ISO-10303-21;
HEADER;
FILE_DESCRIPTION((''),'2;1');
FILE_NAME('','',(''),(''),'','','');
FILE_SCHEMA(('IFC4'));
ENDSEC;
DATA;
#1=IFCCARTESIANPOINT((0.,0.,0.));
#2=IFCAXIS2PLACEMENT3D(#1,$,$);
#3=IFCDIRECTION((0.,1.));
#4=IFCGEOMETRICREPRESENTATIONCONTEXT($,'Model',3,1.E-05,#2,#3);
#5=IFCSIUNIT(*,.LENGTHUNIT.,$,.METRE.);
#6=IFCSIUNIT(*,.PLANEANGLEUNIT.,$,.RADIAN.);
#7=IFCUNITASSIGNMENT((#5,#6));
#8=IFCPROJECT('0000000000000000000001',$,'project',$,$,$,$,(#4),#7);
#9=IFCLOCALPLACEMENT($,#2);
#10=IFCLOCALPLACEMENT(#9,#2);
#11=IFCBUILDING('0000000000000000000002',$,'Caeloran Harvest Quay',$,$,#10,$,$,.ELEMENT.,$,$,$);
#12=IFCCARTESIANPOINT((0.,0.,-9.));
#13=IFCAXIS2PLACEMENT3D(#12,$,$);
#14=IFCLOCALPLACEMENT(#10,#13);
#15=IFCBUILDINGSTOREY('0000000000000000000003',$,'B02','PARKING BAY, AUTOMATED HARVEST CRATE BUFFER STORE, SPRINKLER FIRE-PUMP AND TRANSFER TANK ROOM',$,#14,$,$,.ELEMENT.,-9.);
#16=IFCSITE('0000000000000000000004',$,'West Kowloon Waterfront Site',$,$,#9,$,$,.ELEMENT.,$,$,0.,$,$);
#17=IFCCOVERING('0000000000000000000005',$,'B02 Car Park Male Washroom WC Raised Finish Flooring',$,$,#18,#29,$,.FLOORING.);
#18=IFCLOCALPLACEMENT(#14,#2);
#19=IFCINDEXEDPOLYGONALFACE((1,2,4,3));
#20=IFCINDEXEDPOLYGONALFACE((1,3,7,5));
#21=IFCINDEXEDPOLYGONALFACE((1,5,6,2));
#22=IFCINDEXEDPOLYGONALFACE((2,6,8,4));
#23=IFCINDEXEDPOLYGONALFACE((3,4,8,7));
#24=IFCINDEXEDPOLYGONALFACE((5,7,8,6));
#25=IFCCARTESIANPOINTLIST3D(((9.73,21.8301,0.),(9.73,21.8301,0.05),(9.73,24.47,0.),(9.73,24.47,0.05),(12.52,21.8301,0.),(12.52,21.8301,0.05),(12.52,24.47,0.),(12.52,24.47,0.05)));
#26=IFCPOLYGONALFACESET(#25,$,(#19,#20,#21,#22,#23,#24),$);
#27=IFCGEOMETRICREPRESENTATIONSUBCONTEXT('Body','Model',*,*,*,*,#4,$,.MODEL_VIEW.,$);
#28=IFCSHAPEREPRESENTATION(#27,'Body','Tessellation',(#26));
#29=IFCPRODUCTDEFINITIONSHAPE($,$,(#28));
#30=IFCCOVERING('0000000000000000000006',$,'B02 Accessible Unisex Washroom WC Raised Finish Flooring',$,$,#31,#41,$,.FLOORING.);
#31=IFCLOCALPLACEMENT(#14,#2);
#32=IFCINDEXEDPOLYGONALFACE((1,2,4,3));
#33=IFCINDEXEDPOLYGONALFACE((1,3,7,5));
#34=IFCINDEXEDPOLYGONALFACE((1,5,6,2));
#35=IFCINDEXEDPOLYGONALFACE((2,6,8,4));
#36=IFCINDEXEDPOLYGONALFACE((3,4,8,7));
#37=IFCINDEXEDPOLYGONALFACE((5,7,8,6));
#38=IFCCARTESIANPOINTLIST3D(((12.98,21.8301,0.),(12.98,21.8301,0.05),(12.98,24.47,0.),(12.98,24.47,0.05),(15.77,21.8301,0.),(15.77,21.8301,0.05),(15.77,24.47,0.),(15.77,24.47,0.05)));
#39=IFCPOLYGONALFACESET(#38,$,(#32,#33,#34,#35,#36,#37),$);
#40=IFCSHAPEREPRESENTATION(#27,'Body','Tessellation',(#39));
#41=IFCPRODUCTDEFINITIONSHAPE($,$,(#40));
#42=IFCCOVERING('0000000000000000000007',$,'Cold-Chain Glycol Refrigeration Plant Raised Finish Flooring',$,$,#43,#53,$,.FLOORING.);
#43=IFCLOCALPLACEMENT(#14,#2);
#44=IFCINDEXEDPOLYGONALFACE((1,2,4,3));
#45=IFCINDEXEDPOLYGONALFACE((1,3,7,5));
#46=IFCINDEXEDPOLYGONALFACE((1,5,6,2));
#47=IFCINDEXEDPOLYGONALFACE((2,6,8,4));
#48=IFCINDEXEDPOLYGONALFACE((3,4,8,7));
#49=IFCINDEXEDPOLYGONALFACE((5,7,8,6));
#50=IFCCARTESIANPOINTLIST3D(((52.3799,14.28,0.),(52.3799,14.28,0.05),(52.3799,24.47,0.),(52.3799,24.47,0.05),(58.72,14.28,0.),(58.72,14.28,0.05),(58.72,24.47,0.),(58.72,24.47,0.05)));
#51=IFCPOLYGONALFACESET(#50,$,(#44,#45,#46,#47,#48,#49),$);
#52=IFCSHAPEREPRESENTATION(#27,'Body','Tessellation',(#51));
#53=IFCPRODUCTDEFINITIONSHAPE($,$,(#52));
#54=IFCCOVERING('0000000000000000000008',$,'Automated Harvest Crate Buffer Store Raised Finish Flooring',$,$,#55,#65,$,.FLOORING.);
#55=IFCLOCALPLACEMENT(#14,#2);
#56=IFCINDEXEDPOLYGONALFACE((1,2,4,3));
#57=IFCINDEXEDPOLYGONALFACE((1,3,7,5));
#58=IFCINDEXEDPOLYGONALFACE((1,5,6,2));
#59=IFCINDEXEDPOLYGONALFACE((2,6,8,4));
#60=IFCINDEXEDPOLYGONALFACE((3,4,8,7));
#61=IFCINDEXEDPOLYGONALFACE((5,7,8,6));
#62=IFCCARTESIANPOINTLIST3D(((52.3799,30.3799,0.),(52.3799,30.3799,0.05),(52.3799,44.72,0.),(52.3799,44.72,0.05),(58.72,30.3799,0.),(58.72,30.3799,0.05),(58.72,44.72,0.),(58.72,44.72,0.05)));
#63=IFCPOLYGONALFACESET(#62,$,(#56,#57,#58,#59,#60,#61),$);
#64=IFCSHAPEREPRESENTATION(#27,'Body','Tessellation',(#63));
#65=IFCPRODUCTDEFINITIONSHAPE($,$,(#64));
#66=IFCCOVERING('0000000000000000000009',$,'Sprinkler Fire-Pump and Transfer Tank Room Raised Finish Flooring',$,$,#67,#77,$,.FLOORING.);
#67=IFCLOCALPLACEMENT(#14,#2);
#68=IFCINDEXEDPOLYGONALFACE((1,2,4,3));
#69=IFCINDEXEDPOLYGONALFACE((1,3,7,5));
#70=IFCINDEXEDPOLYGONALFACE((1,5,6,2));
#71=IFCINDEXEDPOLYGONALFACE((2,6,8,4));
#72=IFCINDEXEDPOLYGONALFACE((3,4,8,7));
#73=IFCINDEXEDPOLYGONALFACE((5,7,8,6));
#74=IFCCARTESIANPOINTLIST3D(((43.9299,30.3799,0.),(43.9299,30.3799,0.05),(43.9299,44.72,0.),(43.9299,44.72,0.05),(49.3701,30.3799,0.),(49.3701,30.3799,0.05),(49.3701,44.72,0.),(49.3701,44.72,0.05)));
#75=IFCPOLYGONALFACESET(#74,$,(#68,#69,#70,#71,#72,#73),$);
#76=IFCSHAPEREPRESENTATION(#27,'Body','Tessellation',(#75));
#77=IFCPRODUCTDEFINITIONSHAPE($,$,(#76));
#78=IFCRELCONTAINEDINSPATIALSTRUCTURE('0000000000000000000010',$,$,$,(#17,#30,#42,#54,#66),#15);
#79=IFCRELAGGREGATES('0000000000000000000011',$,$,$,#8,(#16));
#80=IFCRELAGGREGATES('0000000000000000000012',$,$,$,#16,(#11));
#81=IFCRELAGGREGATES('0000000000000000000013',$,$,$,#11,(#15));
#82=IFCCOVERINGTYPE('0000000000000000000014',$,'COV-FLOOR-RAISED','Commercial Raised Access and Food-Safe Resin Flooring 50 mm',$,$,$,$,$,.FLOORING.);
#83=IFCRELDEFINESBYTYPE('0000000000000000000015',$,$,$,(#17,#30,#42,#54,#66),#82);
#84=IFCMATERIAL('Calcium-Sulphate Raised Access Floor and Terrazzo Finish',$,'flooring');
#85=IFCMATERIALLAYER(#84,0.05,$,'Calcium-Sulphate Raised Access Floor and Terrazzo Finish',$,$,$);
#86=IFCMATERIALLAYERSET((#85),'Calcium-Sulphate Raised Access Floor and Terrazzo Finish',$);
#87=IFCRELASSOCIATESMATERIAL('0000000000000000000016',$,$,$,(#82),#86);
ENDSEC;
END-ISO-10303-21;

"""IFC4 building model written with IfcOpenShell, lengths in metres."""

from ifc_helpers import new_model, si_unit, direction, frame, origin, place, context, subcontext, project, spatial, polyline, outline, extrude, material, layer, layer_set, type_object, element, save


model = new_model("IFC4")

# Units and contexts
model_context = context("Model", 3, precision=1e-05, world=origin(), true_north=direction((0.0, 1.0)))
body_context = subcontext(model_context, "Body", "Model", "MODEL_VIEW")
ifc_project = project(units=[si_unit("LENGTHUNIT", "METRE"), si_unit("PLANEANGLEUNIT", "RADIAN")], contexts=[model_context])

# Site, building, storey
site_placement = place(None, origin())
site = spatial("IfcSite", under=ifc_project, at=site_placement, Name="West Kowloon Waterfront Site", CompositionType="ELEMENT", RefElevation=0.0)
building_placement = place(site_placement, origin())
building = spatial("IfcBuilding", under=site, at=building_placement, Name="Caeloran Harvest Quay", CompositionType="ELEMENT")
storey_placement = place(building_placement, frame((0.0, 0.0, -9.0)))
storey = spatial("IfcBuildingStorey", under=building, at=storey_placement, Name="B02", Description="PARKING BAY, AUTOMATED HARVEST CRATE BUFFER STORE, SPRINKLER FIRE-PUMP AND TRANSFER TANK ROOM", CompositionType="ELEMENT", Elevation=-9.0)

# Coverings
ifc_material_1 = material(Name="Calcium-Sulphate Raised Access Floor and Terrazzo Finish", Category="flooring")
ifc_layer_1 = layer(ifc_material_1, 0.05, Name="Calcium-Sulphate Raised Access Floor and Terrazzo Finish")
ifc_layer_set_1 = layer_set([ifc_layer_1], Name="Calcium-Sulphate Raised Access Floor and Terrazzo Finish")
covering_type_1 = type_object("IfcCoveringType", Name="COV-FLOOR-RAISED", Description="Commercial Raised Access and Food-Safe Resin Flooring 50 mm", PredefinedType="FLOORING", material=ifc_layer_set_1)
covering_1_placement = place(storey_placement, origin())
element("IfcCovering", 1, at=covering_1_placement, inside=storey, type_object=covering_type_1, Name="B02 Car Park Male Washroom WC Raised Finish Flooring", PredefinedType="FLOORING", context=body_context, shape_type="SweptSolid", body=[
    extrude(outline(polyline([(12.52, 24.47), (12.52, 21.8301), (9.73, 21.8301), (9.73, 24.47), (12.52, 24.47)])), origin(), (0.0, 0.0, 1.0), 0.05),
])
covering_2_placement = place(storey_placement, origin())
element("IfcCovering", 2, at=covering_2_placement, inside=storey, type_object=covering_type_1, Name="B02 Accessible Unisex Washroom WC Raised Finish Flooring", PredefinedType="FLOORING", context=body_context, shape_type="SweptSolid", body=[
    extrude(outline(polyline([(15.77, 24.47), (15.77, 21.8301), (12.98, 21.8301), (12.98, 24.47), (15.77, 24.47)])), origin(), (0.0, 0.0, 1.0), 0.05),
])
covering_3_placement = place(storey_placement, origin())
element("IfcCovering", 3, at=covering_3_placement, inside=storey, type_object=covering_type_1, Name="Cold-Chain Glycol Refrigeration Plant Raised Finish Flooring", PredefinedType="FLOORING", context=body_context, shape_type="SweptSolid", body=[
    extrude(outline(polyline([(58.72, 24.47), (58.72, 14.28), (52.3799, 14.28), (52.3799, 24.47), (58.72, 24.47)])), origin(), (0.0, 0.0, 1.0), 0.05),
])
covering_4_placement = place(storey_placement, origin())
element("IfcCovering", 4, at=covering_4_placement, inside=storey, type_object=covering_type_1, Name="Automated Harvest Crate Buffer Store Raised Finish Flooring", PredefinedType="FLOORING", context=body_context, shape_type="SweptSolid", body=[
    extrude(outline(polyline([(58.72, 44.72), (58.72, 30.3799), (52.3799, 30.3799), (52.3799, 44.72), (58.72, 44.72)])), origin(), (0.0, 0.0, 1.0), 0.05),
])
covering_5_placement = place(storey_placement, origin())
element("IfcCovering", 5, at=covering_5_placement, inside=storey, type_object=covering_type_1, Name="Sprinkler Fire-Pump and Transfer Tank Room Raised Finish Flooring", PredefinedType="FLOORING", context=body_context, shape_type="SweptSolid", body=[
    extrude(outline(polyline([(49.3701, 44.72), (49.3701, 30.3799), (43.9299, 30.3799), (43.9299, 44.72), (49.3701, 44.72)])), origin(), (0.0, 0.0, 1.0), 0.05),
])

save(model, "model.ifc")
